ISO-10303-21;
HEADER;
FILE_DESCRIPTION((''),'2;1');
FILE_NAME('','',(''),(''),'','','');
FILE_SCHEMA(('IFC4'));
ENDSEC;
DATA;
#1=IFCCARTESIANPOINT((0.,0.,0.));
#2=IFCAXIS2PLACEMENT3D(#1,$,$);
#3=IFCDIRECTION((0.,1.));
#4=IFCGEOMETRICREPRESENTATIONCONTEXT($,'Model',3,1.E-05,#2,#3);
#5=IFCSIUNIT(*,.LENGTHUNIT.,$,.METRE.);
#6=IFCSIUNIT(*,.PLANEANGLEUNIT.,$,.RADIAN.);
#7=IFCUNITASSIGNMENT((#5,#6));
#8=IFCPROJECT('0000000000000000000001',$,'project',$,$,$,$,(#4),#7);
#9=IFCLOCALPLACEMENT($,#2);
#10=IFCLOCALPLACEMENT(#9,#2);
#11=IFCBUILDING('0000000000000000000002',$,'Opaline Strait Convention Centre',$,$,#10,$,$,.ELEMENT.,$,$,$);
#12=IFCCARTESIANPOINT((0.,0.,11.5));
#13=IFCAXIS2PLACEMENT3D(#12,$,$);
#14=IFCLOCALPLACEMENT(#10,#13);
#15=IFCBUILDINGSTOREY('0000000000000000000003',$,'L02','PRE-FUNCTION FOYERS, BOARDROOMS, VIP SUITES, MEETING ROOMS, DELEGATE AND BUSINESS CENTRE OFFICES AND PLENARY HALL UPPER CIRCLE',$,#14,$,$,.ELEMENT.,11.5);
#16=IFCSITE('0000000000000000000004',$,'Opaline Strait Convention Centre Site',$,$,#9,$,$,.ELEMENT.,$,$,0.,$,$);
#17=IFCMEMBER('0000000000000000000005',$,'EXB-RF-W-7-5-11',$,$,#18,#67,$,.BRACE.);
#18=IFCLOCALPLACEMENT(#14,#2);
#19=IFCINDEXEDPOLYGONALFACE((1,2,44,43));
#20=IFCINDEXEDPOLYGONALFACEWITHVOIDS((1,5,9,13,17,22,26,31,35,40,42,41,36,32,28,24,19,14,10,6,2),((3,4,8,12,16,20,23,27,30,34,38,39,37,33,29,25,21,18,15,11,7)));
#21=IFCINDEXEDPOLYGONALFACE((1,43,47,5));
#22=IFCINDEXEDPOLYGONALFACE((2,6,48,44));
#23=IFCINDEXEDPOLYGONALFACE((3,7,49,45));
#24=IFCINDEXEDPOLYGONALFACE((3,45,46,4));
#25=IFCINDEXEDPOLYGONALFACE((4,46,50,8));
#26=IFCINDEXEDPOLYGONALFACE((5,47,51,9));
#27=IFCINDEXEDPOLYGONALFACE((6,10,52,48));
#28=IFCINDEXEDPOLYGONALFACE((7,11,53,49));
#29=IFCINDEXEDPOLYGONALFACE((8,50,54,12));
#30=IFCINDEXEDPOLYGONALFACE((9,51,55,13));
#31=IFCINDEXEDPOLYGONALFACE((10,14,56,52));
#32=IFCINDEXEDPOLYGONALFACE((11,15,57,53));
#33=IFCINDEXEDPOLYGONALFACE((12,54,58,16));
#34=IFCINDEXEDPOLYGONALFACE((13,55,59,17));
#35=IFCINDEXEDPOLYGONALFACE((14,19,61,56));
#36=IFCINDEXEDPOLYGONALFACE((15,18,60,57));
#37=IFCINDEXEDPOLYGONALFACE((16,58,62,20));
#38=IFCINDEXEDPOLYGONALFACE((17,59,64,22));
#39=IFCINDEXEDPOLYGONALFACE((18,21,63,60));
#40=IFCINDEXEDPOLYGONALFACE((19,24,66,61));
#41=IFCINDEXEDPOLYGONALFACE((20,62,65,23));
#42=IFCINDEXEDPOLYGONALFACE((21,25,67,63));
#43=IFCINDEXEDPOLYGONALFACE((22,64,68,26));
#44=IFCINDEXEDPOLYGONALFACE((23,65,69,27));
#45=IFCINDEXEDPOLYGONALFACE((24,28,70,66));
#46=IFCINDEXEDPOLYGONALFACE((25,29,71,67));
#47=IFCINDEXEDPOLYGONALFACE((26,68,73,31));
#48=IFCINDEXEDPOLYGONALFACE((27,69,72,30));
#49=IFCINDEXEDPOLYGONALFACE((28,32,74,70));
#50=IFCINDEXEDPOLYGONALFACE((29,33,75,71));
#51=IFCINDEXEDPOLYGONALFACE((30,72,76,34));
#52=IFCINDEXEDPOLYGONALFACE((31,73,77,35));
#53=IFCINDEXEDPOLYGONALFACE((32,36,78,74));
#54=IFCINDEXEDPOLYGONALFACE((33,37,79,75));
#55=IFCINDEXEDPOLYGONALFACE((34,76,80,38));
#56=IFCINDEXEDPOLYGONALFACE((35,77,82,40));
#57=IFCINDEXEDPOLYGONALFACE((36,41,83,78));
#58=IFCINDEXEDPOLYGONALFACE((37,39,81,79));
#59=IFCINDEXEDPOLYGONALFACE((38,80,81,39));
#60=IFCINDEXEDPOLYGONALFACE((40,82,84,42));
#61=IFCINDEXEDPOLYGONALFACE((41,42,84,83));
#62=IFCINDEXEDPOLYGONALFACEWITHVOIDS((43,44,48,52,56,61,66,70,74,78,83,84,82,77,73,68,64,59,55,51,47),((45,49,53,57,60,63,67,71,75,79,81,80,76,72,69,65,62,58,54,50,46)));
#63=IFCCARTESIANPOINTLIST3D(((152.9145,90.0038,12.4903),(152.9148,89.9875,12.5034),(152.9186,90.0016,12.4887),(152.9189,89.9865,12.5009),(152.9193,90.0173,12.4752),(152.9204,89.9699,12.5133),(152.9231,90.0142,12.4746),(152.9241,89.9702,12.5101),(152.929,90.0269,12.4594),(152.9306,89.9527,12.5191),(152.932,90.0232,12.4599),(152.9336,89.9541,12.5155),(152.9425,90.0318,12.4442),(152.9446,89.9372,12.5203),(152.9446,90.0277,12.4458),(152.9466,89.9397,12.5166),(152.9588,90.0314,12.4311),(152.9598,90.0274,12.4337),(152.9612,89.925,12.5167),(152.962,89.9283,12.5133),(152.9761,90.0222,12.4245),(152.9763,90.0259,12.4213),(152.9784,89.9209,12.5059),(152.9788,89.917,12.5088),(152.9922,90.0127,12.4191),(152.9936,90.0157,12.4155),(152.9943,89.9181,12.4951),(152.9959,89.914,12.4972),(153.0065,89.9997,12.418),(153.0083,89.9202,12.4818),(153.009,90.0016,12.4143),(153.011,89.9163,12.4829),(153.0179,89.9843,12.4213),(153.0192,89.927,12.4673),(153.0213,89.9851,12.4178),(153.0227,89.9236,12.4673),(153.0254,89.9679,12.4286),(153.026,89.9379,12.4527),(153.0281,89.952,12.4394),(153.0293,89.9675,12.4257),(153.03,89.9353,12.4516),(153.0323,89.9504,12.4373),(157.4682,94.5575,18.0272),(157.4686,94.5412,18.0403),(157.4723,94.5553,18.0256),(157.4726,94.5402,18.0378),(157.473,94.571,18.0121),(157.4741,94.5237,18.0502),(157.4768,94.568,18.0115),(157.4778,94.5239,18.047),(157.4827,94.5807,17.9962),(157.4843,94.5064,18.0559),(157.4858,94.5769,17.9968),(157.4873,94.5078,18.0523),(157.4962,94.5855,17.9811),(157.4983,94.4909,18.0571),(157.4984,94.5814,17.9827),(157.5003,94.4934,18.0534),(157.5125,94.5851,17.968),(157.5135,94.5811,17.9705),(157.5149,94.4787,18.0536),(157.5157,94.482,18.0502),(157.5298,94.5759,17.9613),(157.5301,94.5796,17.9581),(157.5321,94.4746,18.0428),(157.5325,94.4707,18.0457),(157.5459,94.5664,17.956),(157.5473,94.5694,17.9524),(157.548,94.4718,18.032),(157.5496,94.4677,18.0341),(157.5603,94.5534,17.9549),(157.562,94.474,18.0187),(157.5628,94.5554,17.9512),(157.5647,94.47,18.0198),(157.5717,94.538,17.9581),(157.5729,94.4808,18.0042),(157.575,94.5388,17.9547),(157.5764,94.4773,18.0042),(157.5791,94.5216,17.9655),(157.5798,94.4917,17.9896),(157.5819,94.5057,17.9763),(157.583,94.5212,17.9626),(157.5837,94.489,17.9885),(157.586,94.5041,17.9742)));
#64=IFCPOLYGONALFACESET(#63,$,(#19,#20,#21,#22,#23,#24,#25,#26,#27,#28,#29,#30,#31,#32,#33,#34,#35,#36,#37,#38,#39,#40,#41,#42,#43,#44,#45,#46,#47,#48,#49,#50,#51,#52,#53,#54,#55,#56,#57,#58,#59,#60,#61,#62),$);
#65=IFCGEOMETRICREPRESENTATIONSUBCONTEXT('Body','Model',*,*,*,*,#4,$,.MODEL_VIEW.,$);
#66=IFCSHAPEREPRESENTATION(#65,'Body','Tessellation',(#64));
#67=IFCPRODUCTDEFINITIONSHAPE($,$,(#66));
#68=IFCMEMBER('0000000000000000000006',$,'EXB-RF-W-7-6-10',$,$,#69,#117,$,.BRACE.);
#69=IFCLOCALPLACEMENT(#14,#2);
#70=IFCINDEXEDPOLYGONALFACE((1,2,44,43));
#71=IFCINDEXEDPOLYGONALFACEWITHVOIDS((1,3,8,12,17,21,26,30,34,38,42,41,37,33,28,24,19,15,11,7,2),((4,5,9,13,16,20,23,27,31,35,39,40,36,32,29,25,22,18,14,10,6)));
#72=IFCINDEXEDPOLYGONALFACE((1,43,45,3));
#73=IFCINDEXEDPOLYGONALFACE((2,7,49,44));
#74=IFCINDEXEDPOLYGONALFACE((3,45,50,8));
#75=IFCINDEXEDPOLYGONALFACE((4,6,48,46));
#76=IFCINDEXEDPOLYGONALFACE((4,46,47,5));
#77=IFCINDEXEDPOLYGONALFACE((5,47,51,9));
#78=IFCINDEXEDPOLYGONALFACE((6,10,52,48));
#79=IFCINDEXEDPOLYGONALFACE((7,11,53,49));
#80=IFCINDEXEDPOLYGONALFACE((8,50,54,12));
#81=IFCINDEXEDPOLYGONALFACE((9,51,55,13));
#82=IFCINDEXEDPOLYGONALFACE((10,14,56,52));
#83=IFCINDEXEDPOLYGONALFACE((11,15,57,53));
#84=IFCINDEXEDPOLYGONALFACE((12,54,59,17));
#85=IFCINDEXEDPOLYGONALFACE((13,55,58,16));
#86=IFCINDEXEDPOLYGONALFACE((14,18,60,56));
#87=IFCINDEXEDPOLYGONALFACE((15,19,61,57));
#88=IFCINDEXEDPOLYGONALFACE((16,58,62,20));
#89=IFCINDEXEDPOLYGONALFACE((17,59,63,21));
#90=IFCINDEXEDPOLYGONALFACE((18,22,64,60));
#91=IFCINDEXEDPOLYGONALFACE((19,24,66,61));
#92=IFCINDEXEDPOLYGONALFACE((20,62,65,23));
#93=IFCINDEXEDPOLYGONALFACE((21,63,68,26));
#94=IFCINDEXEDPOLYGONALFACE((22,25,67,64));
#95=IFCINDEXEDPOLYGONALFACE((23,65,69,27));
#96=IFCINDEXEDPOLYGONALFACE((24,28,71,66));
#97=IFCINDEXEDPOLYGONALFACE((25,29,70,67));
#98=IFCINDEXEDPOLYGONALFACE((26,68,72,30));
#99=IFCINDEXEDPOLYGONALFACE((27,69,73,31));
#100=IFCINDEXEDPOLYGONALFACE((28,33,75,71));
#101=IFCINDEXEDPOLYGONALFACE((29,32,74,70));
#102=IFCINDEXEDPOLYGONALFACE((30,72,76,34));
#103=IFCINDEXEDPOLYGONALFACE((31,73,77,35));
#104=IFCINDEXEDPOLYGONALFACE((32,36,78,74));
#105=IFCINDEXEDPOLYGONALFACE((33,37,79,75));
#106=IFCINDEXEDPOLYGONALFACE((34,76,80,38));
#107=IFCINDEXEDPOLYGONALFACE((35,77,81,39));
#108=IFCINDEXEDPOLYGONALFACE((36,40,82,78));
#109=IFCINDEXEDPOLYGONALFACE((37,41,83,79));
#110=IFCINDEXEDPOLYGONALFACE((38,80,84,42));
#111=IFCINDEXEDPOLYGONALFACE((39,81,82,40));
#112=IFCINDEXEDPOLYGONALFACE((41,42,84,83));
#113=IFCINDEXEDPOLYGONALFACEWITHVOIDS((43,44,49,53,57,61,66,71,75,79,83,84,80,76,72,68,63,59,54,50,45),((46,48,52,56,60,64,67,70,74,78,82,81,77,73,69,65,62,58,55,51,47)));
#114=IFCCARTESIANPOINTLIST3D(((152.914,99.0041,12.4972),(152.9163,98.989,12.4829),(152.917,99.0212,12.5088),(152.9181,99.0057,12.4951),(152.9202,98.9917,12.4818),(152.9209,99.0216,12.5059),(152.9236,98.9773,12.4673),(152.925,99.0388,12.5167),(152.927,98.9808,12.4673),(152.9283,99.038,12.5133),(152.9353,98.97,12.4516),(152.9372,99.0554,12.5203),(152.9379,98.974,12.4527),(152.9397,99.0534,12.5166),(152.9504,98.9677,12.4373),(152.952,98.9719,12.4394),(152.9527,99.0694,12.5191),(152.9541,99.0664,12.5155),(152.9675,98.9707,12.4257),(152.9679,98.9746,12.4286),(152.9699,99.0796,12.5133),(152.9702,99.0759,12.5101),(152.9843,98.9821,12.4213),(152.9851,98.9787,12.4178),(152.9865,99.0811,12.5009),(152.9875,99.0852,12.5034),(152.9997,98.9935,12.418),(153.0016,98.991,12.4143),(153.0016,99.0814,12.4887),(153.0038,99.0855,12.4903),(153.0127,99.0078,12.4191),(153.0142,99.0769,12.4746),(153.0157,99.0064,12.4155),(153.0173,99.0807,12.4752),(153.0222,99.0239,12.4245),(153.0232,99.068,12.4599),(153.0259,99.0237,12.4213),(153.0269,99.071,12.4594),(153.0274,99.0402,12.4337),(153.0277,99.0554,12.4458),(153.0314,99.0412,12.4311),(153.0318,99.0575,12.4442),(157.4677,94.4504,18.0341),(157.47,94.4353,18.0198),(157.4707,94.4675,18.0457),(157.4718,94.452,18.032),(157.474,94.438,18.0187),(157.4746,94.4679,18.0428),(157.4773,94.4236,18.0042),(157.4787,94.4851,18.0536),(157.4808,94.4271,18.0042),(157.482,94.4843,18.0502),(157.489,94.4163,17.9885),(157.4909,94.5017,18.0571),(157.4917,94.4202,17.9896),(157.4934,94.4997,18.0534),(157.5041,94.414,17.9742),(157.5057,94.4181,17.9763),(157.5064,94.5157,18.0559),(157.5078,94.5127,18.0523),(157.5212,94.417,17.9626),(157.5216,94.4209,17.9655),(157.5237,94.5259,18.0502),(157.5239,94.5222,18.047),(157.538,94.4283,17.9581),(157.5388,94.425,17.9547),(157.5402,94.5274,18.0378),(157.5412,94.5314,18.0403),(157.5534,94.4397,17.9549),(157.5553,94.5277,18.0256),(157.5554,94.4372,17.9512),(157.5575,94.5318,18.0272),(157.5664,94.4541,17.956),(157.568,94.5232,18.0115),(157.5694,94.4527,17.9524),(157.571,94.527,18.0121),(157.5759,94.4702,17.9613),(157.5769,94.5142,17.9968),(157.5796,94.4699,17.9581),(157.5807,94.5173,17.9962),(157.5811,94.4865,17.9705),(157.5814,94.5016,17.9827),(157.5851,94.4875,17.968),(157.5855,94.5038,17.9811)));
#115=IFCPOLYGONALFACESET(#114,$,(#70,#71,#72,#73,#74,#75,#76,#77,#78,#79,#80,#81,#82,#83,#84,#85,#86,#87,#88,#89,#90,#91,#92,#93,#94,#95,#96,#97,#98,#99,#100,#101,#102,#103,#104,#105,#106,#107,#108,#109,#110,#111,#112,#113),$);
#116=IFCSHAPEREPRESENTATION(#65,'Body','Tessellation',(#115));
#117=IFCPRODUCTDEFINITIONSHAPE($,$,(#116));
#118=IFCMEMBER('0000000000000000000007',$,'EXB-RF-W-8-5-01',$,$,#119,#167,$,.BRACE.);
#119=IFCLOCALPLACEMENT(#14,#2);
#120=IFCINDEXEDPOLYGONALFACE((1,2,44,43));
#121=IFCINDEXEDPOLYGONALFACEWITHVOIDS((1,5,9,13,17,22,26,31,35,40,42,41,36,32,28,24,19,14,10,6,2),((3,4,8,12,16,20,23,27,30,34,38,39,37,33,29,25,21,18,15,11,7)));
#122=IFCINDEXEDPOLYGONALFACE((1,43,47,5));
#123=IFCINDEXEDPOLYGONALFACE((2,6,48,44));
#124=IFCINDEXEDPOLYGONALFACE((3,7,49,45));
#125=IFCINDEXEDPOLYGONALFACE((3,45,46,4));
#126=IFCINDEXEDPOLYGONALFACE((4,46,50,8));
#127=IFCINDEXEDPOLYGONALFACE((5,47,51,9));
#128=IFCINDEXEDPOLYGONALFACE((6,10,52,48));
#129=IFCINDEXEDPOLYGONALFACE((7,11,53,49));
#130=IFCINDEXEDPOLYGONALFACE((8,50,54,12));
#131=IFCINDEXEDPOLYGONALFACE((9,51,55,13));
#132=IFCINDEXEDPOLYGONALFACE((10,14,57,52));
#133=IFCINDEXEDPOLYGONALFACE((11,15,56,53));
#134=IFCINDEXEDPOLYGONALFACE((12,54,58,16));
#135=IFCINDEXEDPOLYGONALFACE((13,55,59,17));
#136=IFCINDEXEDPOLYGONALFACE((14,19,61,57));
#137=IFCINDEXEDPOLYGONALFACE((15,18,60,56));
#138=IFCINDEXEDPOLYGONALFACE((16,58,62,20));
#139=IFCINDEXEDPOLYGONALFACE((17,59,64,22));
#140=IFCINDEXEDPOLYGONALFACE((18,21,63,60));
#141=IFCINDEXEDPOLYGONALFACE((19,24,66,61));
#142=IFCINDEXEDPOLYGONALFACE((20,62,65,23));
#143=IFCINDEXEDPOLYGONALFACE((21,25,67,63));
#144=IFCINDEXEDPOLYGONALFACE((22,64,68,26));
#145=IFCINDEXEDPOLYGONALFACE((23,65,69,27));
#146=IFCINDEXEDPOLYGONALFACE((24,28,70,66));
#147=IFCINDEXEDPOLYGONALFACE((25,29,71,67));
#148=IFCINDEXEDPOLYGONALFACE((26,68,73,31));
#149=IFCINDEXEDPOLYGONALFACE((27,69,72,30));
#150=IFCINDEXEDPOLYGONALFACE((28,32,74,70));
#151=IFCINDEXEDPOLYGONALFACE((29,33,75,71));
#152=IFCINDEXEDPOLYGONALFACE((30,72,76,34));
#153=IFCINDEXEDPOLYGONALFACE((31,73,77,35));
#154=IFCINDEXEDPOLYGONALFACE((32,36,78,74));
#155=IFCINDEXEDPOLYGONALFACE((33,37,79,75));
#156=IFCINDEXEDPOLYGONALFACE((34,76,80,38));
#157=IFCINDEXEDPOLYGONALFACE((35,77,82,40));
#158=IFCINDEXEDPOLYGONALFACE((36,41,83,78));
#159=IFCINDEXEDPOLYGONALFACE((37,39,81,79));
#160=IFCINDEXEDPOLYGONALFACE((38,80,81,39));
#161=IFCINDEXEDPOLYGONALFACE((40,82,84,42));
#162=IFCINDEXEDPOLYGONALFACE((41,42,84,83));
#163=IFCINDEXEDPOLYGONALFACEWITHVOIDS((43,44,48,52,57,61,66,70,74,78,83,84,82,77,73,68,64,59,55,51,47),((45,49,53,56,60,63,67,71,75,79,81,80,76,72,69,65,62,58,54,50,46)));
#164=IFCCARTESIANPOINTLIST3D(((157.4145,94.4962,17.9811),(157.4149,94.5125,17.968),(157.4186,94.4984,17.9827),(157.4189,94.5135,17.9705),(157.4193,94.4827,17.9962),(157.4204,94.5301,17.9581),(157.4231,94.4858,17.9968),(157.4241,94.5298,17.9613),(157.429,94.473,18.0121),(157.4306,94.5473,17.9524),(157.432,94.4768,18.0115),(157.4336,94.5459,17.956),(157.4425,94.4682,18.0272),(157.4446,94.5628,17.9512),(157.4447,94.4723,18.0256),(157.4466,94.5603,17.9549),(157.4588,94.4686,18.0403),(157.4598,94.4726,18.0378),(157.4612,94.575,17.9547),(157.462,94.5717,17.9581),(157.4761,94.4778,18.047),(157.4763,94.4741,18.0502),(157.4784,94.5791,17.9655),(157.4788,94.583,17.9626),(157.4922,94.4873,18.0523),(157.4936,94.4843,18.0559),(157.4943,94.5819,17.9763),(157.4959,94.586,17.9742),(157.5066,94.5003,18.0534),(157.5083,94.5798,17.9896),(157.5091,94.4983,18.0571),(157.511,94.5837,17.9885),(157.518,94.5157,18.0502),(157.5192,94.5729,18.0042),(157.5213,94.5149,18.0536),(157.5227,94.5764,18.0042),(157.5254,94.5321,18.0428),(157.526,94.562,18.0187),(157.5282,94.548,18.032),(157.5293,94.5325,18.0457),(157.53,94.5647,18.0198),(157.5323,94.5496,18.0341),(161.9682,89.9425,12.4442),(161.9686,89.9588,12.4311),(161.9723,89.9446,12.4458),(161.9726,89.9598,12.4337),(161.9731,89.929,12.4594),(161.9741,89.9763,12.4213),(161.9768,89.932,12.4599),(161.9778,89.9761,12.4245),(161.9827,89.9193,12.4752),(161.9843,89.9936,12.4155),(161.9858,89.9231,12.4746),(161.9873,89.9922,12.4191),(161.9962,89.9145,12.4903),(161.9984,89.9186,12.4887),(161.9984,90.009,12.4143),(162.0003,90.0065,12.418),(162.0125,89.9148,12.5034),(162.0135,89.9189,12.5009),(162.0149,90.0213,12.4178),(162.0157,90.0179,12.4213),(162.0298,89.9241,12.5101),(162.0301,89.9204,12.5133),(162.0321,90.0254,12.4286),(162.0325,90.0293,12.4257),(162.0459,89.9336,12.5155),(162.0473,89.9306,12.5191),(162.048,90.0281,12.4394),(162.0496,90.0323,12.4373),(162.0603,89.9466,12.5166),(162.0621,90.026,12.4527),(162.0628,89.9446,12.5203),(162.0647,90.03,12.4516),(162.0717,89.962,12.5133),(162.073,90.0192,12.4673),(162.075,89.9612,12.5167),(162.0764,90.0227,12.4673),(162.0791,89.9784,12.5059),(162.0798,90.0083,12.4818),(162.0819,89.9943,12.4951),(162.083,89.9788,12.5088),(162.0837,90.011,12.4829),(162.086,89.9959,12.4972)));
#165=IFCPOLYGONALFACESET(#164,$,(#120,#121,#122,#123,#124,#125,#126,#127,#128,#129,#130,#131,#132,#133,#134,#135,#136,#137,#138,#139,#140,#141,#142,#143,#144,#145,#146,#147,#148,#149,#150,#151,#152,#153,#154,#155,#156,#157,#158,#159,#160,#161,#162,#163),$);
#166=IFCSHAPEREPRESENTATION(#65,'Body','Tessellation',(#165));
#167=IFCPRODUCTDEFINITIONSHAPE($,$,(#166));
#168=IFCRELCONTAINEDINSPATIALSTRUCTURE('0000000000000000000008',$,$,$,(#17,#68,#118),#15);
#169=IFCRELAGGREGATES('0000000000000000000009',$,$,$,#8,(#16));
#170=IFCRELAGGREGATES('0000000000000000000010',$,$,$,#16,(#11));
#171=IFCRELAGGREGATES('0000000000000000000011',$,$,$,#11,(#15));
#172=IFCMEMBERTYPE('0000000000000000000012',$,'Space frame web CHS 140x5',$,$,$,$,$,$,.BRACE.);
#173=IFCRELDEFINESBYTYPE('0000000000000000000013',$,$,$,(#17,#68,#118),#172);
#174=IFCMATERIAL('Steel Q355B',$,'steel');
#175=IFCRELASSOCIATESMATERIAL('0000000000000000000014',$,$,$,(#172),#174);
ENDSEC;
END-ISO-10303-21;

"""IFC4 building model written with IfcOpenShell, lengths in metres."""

from ifc_helpers import new_model, si_unit, direction, frame, origin, origin_2d, place, context, subcontext, project, spatial, hollow_circle, extrude, material, material_profile, profile_set, type_object, element, save


model = new_model("IFC4")

# Units and contexts
model_context = context("Model", 3, precision=1e-05, world=origin(), true_north=direction((0.0, 1.0)))
body_context = subcontext(model_context, "Body", "Model", "MODEL_VIEW")
ifc_project = project(units=[si_unit("LENGTHUNIT", "METRE"), si_unit("PLANEANGLEUNIT", "RADIAN")], contexts=[model_context])

# Site, building, storey
site_placement = place(None, origin())
site = spatial("IfcSite", under=ifc_project, at=site_placement, Name="Opaline Strait Convention Centre Site", CompositionType="ELEMENT", RefElevation=0.0)
building_placement = place(site_placement, origin())
building = spatial("IfcBuilding", under=site, at=building_placement, Name="Opaline Strait Convention Centre", CompositionType="ELEMENT")
storey_placement = place(building_placement, frame((0.0, 0.0, 11.5)))
storey = spatial("IfcBuildingStorey", under=building, at=storey_placement, Name="L02", Description="PRE-FUNCTION FOYERS, BOARDROOMS, VIP SUITES, MEETING ROOMS, DELEGATE AND BUSINESS CENTRE OFFICES AND PLENARY HALL UPPER CIRCLE", CompositionType="ELEMENT", Elevation=11.5)

# Members
ifc_material_1 = material(Name="Steel Q355B", Category="steel")
ifc_material_profile_1 = material_profile(ifc_material_1, hollow_circle(Radius=0.0701, WallThickness=0.0049, at=origin_2d()), Name="CHS 140x5")
ifc_profile_set_1 = profile_set([ifc_material_profile_1], Name="Steel Q355B")
member_type_1 = type_object("IfcMemberType", Name="Space frame web CHS 140x5", PredefinedType="BRACE", material=ifc_profile_set_1)
for number, where, z_axis, x_axis, name in (
    (1, (157.5269, 94.5269, 18.0042), (-0.536178, -0.536178, -0.65194), (0.707107, -0.707107, 0.0), "EXB-RF-W-7-5-11"),
    (2, (157.5269, 94.4731, 18.0042), (-0.536178, 0.536178, -0.65194), (-0.707107, -0.707107, 0.0), "EXB-RF-W-7-6-10"),
    (3, (157.4731, 94.5269, 18.0042), (0.536178, -0.536178, -0.65194), (0.707107, 0.707107, 0.0), "EXB-RF-W-8-5-01"),
):
    element("IfcMember", number, at=place(storey_placement, frame(where, z_axis=z_axis, x_axis=x_axis)), inside=storey, type_object=member_type_1, Name=name, PredefinedType="BRACE", context=body_context, shape_type="SweptSolid", body=[
        extrude(hollow_circle(Radius=0.0701, WallThickness=0.0049, at=origin_2d()), origin(), (0.0, 0.0, 1.0), 8.4929),
    ])

save(model, "model.ifc")
